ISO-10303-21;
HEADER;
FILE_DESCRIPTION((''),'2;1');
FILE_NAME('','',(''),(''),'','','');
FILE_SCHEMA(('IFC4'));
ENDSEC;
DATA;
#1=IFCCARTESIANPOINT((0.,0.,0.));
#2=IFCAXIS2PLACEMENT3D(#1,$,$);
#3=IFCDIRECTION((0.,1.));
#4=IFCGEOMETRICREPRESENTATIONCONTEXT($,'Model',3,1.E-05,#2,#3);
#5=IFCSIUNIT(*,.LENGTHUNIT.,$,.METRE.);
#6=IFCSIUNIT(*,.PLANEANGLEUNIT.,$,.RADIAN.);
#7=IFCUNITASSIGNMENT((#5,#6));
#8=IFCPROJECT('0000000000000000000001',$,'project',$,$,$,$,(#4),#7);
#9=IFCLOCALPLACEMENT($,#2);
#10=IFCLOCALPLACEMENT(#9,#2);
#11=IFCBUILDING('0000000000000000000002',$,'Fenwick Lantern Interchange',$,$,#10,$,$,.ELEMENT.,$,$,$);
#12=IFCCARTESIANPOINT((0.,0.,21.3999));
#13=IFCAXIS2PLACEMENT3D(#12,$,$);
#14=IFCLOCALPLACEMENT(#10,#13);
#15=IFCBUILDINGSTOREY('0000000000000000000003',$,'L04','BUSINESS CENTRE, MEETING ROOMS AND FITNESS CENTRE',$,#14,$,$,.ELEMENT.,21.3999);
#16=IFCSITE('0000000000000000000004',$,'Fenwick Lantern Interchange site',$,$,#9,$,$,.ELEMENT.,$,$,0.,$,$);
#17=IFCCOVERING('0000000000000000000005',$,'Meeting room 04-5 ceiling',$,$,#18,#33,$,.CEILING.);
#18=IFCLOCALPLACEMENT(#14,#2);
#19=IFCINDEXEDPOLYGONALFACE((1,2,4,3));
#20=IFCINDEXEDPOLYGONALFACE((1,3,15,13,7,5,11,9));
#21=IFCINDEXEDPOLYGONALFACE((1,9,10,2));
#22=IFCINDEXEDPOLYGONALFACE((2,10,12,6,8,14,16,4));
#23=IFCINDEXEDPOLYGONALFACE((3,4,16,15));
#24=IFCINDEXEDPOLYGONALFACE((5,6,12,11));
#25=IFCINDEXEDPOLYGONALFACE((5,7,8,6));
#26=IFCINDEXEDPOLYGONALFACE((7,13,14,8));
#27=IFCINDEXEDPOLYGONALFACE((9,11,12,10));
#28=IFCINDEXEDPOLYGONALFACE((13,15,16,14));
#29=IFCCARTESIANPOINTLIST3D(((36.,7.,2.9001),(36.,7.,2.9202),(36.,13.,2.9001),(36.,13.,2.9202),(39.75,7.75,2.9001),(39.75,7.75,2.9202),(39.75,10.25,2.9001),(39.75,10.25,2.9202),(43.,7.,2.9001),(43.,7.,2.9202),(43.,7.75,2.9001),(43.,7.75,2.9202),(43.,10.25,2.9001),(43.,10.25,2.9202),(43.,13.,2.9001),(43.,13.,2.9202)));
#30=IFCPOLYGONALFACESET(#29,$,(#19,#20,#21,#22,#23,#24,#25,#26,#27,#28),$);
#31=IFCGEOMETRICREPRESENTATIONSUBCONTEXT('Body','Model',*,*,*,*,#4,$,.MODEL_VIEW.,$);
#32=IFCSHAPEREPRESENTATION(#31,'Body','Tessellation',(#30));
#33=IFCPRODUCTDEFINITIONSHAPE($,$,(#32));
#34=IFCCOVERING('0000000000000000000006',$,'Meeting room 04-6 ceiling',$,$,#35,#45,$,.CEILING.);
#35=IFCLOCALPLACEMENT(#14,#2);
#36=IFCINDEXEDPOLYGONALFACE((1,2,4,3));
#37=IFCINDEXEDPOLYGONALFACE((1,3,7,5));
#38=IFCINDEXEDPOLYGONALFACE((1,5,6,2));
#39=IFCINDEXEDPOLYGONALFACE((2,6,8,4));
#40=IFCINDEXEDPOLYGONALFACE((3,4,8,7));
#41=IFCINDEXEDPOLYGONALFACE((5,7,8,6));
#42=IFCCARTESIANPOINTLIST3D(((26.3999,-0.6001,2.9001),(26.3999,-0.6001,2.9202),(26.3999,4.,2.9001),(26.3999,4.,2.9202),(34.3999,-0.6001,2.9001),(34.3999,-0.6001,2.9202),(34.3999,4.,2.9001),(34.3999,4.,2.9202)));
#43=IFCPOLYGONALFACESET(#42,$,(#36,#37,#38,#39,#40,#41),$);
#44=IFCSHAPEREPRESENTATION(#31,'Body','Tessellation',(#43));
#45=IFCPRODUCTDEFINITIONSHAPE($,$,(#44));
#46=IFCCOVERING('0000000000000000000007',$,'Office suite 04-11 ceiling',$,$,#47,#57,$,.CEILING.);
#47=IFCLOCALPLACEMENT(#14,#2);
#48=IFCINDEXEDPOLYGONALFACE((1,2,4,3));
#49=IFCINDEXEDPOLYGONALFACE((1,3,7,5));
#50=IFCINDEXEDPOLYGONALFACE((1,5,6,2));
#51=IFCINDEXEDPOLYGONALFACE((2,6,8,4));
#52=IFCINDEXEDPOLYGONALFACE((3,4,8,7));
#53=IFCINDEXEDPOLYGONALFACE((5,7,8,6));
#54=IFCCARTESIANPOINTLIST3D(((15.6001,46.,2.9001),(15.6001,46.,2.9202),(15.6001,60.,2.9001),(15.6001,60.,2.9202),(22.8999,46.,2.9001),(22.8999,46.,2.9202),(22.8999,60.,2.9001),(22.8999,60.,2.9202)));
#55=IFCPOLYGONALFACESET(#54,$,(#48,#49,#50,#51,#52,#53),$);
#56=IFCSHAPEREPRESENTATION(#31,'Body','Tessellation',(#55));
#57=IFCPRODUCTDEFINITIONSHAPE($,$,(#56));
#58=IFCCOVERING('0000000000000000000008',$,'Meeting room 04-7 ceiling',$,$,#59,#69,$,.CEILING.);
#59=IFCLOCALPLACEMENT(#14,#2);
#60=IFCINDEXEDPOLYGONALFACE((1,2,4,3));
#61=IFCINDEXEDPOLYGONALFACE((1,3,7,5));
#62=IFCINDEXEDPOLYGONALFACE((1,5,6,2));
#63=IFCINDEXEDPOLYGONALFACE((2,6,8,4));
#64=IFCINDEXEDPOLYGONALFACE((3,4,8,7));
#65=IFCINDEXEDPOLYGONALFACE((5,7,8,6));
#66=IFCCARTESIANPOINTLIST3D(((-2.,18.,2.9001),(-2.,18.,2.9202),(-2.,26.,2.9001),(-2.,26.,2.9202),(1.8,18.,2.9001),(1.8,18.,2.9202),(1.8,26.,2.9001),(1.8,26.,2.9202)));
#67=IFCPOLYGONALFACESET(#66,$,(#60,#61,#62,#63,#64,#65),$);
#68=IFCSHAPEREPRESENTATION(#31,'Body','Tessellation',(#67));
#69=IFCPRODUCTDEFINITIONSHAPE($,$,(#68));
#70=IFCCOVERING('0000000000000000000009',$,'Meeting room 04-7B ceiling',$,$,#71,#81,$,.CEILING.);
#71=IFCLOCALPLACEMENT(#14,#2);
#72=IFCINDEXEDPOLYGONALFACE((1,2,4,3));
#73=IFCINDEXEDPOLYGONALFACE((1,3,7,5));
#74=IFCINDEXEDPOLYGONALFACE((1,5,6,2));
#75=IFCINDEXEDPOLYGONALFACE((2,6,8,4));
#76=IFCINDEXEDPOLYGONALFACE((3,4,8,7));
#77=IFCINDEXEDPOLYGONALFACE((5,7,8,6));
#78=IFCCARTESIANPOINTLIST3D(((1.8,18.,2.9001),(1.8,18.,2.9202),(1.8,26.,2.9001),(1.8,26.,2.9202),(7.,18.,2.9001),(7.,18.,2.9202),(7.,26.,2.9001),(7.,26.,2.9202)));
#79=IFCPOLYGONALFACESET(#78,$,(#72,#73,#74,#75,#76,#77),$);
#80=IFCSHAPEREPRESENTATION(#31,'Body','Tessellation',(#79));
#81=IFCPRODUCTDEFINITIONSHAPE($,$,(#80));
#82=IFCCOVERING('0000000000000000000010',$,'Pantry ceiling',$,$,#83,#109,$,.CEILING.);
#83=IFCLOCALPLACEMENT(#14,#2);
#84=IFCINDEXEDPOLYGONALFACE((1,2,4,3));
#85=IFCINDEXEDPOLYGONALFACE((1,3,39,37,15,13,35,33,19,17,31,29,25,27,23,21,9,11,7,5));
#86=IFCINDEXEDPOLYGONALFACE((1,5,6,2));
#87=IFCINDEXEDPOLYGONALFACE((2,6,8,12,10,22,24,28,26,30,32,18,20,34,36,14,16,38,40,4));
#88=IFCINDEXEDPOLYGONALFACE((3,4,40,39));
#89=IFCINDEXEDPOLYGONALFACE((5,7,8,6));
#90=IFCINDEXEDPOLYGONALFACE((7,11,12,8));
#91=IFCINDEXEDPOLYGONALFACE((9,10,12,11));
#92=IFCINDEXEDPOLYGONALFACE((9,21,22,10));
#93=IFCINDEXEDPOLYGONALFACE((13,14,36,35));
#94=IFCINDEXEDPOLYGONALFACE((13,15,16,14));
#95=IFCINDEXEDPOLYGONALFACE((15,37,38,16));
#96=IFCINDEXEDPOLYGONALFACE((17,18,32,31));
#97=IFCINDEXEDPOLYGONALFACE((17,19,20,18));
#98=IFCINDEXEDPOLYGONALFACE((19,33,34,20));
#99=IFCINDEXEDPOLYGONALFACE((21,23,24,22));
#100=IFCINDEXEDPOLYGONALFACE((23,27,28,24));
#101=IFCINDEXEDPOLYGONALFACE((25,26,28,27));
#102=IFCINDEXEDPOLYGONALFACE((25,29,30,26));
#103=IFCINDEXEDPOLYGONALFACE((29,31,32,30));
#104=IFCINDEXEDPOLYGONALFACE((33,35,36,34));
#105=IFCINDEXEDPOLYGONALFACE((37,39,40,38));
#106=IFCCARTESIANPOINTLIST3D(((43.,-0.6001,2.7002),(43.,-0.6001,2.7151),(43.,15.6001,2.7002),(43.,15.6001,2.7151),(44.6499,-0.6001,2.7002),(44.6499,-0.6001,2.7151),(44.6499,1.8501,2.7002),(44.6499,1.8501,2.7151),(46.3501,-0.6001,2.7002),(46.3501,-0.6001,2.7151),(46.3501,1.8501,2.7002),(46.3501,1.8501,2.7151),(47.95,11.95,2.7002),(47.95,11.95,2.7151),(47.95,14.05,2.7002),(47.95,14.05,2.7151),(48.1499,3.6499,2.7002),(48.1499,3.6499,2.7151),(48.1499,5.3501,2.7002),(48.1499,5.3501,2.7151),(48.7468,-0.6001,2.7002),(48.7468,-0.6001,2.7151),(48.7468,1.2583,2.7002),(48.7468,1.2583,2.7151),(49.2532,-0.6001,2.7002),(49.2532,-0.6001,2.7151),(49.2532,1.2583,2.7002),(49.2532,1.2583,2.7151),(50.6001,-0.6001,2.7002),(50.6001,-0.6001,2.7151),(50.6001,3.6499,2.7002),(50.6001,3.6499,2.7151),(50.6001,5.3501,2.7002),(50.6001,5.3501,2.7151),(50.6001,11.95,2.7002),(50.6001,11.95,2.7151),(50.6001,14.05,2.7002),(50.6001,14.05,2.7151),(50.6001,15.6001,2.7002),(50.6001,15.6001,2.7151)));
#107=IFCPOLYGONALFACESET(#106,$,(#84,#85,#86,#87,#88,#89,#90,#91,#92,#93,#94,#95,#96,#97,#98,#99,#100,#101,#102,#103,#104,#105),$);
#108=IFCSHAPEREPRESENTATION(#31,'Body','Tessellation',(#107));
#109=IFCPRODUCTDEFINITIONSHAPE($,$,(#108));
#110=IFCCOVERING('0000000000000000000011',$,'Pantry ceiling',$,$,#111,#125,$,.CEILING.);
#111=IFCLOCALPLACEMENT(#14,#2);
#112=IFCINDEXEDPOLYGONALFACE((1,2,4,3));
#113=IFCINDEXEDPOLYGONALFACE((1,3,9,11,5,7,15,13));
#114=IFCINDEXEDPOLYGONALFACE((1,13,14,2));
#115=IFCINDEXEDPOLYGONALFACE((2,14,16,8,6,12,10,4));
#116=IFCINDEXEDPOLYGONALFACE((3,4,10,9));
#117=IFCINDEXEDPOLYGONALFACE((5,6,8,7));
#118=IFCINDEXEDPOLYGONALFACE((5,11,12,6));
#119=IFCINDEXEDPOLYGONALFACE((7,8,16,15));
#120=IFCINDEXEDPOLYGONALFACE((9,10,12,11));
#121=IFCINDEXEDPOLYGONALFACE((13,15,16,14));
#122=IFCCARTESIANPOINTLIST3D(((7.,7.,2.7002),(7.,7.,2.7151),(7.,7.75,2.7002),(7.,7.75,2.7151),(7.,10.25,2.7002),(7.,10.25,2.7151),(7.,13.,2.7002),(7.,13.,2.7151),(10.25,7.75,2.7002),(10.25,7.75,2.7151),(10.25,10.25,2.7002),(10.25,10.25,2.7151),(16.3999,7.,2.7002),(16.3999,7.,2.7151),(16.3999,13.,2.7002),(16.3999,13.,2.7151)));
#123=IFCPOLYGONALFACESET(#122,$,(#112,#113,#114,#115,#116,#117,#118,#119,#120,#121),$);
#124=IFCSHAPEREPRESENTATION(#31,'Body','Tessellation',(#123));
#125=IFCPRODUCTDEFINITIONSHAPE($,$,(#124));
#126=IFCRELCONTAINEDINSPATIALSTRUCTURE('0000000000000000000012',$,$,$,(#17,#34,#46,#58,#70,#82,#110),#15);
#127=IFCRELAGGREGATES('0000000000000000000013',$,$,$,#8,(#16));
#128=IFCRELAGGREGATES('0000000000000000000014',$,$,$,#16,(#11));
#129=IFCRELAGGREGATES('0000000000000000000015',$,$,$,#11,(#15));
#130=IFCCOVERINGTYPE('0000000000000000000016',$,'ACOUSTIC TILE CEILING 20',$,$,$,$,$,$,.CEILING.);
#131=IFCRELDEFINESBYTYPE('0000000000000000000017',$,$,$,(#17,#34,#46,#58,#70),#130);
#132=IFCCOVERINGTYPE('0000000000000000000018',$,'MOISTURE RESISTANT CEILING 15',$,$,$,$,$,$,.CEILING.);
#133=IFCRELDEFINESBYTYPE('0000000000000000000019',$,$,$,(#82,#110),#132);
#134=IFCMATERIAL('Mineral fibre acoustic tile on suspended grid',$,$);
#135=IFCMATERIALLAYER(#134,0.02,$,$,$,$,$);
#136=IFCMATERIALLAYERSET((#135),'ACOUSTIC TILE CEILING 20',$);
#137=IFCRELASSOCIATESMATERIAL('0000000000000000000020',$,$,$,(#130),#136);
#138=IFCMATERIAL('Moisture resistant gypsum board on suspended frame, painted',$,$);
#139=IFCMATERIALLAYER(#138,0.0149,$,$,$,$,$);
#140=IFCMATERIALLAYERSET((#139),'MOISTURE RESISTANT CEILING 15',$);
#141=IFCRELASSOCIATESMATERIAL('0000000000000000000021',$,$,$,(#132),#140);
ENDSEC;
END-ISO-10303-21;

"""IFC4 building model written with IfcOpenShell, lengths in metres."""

from ifc_helpers import new_model, si_unit, direction, frame, origin, place, context, subcontext, project, spatial, polyline, outline, extrude, material, layer, layer_set, type_object, element, save


model = new_model("IFC4")

# Units and contexts
model_context = context("Model", 3, precision=1e-05, world=origin(), true_north=direction((0.0, 1.0)))
body_context = subcontext(model_context, "Body", "Model", "MODEL_VIEW")
ifc_project = project(units=[si_unit("LENGTHUNIT", "METRE"), si_unit("PLANEANGLEUNIT", "RADIAN")], contexts=[model_context])

# Site, building, storey
site_placement = place(None, origin())
site = spatial("IfcSite", under=ifc_project, at=site_placement, Name="Fenwick Lantern Interchange site", CompositionType="ELEMENT", RefElevation=0.0)
building_placement = place(site_placement, origin())
building = spatial("IfcBuilding", under=site, at=building_placement, Name="Fenwick Lantern Interchange", CompositionType="ELEMENT")
storey_placement = place(building_placement, frame((0.0, 0.0, 21.3999)))
storey = spatial("IfcBuildingStorey", under=building, at=storey_placement, Name="L04", Description="BUSINESS CENTRE, MEETING ROOMS AND FITNESS CENTRE", CompositionType="ELEMENT", Elevation=21.3999)

# Coverings
ifc_material_1 = material(Name="Mineral fibre acoustic tile on suspended grid")
ifc_layer_1 = layer(ifc_material_1, 0.02)
ifc_layer_set_1 = layer_set([ifc_layer_1], Name="ACOUSTIC TILE CEILING 20")
covering_type_1 = type_object("IfcCoveringType", Name="ACOUSTIC TILE CEILING 20", PredefinedType="CEILING", material=ifc_layer_set_1)
covering_1_placement = place(storey_placement, frame((0.0, 0.0, 2.9001)))
element("IfcCovering", 1, at=covering_1_placement, inside=storey, type_object=covering_type_1, Name="Meeting room 04-5 ceiling", PredefinedType="CEILING", context=body_context, shape_type="SweptSolid", body=[
    extrude(outline(polyline([(36.0, 13.0), (36.0, 7.0), (43.0, 7.0), (43.0, 7.75), (39.75, 7.75), (39.75, 10.25), (43.0, 10.25), (43.0, 13.0), (36.0, 13.0)])), origin(), (0.0, 0.0, 1.0), 0.02),
])
covering_2_placement = place(storey_placement, frame((0.0, 0.0, 2.9001)))
element("IfcCovering", 2, at=covering_2_placement, inside=storey, type_object=covering_type_1, Name="Meeting room 04-6 ceiling", PredefinedType="CEILING", context=body_context, shape_type="SweptSolid", body=[
    extrude(outline(polyline([(26.3999, -0.6001), (34.3999, -0.6001), (34.3999, 4.0), (26.3999, 4.0), (26.3999, -0.6001)])), origin(), (0.0, 0.0, 1.0), 0.02),
])
covering_3_placement = place(storey_placement, frame((0.0, 0.0, 2.9001)))
element("IfcCovering", 3, at=covering_3_placement, inside=storey, type_object=covering_type_1, Name="Office suite 04-11 ceiling", PredefinedType="CEILING", context=body_context, shape_type="SweptSolid", body=[
    extrude(outline(polyline([(15.6001, 46.0), (22.8999, 46.0), (22.8999, 60.0), (15.6001, 60.0), (15.6001, 46.0)])), origin(), (0.0, 0.0, 1.0), 0.02),
])
covering_4_placement = place(storey_placement, frame((0.0, 0.0, 2.9001)))
element("IfcCovering", 4, at=covering_4_placement, inside=storey, type_object=covering_type_1, Name="Meeting room 04-7 ceiling", PredefinedType="CEILING", context=body_context, shape_type="SweptSolid", body=[
    extrude(outline(polyline([(1.8, 26.0), (-2.0, 26.0), (-2.0, 18.0), (1.8, 18.0), (1.8, 26.0)])), origin(), (0.0, 0.0, 1.0), 0.02),
])
covering_5_placement = place(storey_placement, frame((0.0, 0.0, 2.9001)))
element("IfcCovering", 5, at=covering_5_placement, inside=storey, type_object=covering_type_1, Name="Meeting room 04-7B ceiling", PredefinedType="CEILING", context=body_context, shape_type="SweptSolid", body=[
    extrude(outline(polyline([(7.0, 26.0), (1.8, 26.0), (1.8, 18.0), (7.0, 18.0), (7.0, 26.0)])), origin(), (0.0, 0.0, 1.0), 0.02),
])
ifc_material_2 = material(Name="Moisture resistant gypsum board on suspended frame, painted")
ifc_layer_2 = layer(ifc_material_2, 0.0149)
ifc_layer_set_2 = layer_set([ifc_layer_2], Name="MOISTURE RESISTANT CEILING 15")
covering_type_2 = type_object("IfcCoveringType", Name="MOISTURE RESISTANT CEILING 15", PredefinedType="CEILING", material=ifc_layer_set_2)
covering_6_placement = place(storey_placement, frame((0.0, 0.0, 2.7002)))
element("IfcCovering", 6, at=covering_6_placement, inside=storey, type_object=covering_type_2, Name="Pantry ceiling", PredefinedType="CEILING", context=body_context, shape_type="SweptSolid", body=[
    extrude(outline(polyline([(47.95, 14.05), (50.6001, 14.05), (50.6001, 15.6001), (43.0, 15.6001), (43.0, -0.6001), (44.6499, -0.6001), (44.6499, 1.8501), (46.3501, 1.8501), (46.3501, -0.6001), (48.7468, -0.6001), (48.7468, 1.2583), (49.2532, 1.2583), (49.2532, -0.6001), (50.6001, -0.6001), (50.6001, 3.6499), (48.1499, 3.6499), (48.1499, 5.3501), (50.6001, 5.3501), (50.6001, 11.95), (47.95, 11.95), (47.95, 14.05)])), origin(), (0.0, 0.0, 1.0), 0.0149),
])
covering_7_placement = place(storey_placement, frame((0.0, 0.0, 2.7002)))
element("IfcCovering", 7, at=covering_7_placement, inside=storey, type_object=covering_type_2, Name="Pantry ceiling", PredefinedType="CEILING", context=body_context, shape_type="SweptSolid", body=[
    extrude(outline(polyline([(7.0, 7.75), (7.0, 7.0), (16.3999, 7.0), (16.3999, 13.0), (7.0, 13.0), (7.0, 10.25), (10.25, 10.25), (10.25, 7.75), (7.0, 7.75)])), origin(), (0.0, 0.0, 1.0), 0.0149),
])

save(model, "model.ifc")
